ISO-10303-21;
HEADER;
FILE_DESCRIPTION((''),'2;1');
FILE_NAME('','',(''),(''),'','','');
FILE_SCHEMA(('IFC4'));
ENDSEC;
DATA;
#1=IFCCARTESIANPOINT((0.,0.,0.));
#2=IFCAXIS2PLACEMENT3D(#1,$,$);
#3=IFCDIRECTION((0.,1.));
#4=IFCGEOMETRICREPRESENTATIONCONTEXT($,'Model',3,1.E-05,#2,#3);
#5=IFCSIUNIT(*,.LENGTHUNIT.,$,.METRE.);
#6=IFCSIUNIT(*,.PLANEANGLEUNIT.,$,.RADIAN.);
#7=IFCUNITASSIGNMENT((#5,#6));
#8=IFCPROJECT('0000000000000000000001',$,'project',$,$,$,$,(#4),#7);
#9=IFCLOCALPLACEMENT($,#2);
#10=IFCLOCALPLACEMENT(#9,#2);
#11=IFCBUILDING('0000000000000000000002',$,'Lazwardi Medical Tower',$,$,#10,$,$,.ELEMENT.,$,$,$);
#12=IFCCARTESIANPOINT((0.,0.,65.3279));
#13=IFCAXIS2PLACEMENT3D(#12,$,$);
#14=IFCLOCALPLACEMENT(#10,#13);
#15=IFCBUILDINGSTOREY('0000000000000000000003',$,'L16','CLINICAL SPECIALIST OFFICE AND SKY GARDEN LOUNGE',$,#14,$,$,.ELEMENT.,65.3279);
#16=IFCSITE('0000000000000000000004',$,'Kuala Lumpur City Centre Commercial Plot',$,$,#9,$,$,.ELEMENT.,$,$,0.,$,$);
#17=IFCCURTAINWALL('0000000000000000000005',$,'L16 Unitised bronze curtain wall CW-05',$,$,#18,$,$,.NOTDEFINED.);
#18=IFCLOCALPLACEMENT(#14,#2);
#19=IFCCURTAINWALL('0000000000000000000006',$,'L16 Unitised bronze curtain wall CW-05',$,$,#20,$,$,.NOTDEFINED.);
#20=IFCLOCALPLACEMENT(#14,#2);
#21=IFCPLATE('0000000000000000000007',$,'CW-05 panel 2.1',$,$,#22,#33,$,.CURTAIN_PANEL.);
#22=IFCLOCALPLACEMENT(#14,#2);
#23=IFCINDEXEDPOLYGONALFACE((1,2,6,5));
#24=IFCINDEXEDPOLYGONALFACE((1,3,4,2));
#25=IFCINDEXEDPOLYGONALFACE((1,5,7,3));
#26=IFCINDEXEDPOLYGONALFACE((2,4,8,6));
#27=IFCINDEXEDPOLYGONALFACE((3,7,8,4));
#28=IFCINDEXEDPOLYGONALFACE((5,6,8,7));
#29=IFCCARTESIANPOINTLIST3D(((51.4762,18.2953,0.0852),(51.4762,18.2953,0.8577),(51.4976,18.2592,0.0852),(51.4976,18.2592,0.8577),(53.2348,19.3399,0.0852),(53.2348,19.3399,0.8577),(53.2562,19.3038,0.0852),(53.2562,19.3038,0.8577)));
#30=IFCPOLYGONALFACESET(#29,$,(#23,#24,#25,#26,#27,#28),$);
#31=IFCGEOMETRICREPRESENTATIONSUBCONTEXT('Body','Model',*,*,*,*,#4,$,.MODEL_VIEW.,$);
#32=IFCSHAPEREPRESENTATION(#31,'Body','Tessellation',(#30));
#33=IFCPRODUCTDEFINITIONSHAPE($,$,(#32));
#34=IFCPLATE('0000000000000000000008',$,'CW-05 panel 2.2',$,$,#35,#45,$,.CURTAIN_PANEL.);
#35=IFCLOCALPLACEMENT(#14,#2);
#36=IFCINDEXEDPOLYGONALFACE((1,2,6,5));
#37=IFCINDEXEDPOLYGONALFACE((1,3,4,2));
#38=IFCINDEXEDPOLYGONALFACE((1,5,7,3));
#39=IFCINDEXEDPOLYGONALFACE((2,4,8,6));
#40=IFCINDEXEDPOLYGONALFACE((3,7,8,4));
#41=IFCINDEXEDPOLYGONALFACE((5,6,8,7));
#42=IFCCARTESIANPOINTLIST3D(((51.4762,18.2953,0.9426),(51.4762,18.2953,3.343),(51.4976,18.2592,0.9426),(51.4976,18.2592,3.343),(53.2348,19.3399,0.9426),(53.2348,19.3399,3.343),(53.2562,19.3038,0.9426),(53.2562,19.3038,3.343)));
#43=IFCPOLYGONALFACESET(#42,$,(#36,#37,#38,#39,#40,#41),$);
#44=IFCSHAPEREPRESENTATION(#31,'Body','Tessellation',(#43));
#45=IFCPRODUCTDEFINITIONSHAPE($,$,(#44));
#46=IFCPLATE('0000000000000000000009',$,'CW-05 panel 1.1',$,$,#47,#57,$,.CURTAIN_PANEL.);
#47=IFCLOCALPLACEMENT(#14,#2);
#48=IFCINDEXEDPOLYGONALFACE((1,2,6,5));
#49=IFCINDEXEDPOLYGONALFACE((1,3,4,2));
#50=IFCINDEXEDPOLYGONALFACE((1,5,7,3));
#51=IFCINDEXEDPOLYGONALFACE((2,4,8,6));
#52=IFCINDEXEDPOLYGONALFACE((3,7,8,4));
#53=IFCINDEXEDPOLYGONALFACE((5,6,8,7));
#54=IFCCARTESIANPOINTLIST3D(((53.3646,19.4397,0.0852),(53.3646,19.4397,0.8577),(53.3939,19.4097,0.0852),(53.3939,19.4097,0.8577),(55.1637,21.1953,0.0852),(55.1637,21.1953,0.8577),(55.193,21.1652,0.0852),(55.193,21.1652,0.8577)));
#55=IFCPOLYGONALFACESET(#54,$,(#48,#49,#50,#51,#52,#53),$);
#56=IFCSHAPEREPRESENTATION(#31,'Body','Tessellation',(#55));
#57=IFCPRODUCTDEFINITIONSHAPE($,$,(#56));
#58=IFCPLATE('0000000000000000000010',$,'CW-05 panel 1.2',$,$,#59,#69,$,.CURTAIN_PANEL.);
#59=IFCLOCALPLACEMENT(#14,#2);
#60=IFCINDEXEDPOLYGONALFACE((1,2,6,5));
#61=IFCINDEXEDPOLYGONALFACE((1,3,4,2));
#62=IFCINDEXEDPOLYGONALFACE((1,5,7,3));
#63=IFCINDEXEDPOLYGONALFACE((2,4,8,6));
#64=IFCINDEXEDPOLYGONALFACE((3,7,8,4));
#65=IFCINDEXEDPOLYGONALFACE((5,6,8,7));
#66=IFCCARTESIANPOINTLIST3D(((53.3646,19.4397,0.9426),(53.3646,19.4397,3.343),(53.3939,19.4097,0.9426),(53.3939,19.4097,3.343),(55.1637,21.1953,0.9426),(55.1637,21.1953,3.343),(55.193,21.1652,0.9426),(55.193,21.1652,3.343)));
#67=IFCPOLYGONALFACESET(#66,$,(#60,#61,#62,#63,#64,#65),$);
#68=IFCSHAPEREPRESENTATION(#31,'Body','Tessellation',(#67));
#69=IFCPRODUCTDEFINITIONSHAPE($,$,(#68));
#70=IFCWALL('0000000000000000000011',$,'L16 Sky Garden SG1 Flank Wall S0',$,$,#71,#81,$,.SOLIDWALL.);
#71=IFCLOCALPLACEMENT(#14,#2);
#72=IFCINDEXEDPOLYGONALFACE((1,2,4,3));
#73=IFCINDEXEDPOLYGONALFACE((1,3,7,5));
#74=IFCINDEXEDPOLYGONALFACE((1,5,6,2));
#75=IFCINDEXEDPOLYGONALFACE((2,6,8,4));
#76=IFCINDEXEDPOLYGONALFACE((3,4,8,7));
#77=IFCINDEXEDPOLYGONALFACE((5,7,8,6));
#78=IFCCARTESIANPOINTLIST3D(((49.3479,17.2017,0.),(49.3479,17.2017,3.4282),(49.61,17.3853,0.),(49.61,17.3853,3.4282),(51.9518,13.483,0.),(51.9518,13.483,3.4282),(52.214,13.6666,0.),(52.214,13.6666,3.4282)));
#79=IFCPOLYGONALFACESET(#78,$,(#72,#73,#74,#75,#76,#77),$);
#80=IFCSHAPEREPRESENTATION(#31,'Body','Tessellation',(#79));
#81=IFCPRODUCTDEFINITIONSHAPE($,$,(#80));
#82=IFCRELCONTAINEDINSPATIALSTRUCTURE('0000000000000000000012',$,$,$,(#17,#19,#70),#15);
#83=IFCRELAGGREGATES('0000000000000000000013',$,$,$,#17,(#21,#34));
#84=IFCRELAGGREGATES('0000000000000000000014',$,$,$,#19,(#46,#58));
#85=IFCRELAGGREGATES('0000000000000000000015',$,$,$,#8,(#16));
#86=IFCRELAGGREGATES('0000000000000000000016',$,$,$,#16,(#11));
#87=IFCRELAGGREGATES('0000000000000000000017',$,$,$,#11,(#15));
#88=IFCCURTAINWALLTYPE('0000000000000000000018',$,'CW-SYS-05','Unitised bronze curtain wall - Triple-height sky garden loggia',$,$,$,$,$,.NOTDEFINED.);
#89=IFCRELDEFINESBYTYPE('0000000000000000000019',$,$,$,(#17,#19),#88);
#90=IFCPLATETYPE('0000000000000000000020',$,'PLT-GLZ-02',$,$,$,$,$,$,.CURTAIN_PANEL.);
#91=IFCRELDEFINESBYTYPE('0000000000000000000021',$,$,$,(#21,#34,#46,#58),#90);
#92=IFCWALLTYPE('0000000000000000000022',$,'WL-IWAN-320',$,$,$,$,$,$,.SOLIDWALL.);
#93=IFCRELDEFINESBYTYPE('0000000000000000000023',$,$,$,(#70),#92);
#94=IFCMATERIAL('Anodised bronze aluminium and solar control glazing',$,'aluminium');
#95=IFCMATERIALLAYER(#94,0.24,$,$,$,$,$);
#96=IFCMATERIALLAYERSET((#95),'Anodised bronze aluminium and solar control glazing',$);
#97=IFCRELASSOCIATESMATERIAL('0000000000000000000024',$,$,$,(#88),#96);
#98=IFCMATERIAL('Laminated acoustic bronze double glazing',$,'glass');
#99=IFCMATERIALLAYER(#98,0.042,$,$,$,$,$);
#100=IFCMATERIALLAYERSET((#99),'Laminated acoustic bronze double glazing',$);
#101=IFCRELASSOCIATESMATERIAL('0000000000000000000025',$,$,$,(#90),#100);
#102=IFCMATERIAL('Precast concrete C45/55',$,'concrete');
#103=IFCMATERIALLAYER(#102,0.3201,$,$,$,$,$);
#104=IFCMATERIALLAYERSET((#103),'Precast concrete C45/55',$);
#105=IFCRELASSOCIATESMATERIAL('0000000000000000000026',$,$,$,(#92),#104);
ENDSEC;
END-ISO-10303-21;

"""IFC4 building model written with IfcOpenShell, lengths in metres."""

from ifc_helpers import new_model, si_unit, direction, frame, frame_2d, origin, origin_2d, place, context, subcontext, project, spatial, rectangle, extrude, material, layer, layer_set, type_object, element, aggregate, save


model = new_model("IFC4")

# Units and contexts
model_context = context("Model", 3, precision=1e-05, world=origin(), true_north=direction((0.0, 1.0)))
body_context = subcontext(model_context, "Body", "Model", "MODEL_VIEW")
ifc_project = project(units=[si_unit("LENGTHUNIT", "METRE"), si_unit("PLANEANGLEUNIT", "RADIAN")], contexts=[model_context])

# Site, building, storey
site_placement = place(None, origin())
site = spatial("IfcSite", under=ifc_project, at=site_placement, Name="Kuala Lumpur City Centre Commercial Plot", CompositionType="ELEMENT", RefElevation=0.0)
building_placement = place(site_placement, origin())
building = spatial("IfcBuilding", under=site, at=building_placement, Name="Lazwardi Medical Tower", CompositionType="ELEMENT")
storey_placement = place(building_placement, frame((0.0, 0.0, 65.3279)))
storey = spatial("IfcBuildingStorey", under=building, at=storey_placement, Name="L16", Description="CLINICAL SPECIALIST OFFICE AND SKY GARDEN LOUNGE", CompositionType="ELEMENT", Elevation=65.3279)

# Curtain walls
ifc_material_1 = material(Name="Anodised bronze aluminium and solar control glazing", Category="aluminium")
ifc_layer_1 = layer(ifc_material_1, 0.24)
ifc_layer_set_1 = layer_set([ifc_layer_1], Name="Anodised bronze aluminium and solar control glazing")
curtain_wall_type = type_object("IfcCurtainWallType", Name="CW-SYS-05", Description="Unitised bronze curtain wall - Triple-height sky garden loggia", PredefinedType="NOTDEFINED", material=ifc_layer_set_1)
curtain_wall_1_placement = place(storey_placement, origin())
curtain_wall_1 = element("IfcCurtainWall", 1, at=curtain_wall_1_placement, inside=storey, type_object=curtain_wall_type, Name="L16 Unitised bronze curtain wall CW-05", PredefinedType="NOTDEFINED")
curtain_wall_2_placement = place(storey_placement, origin())
curtain_wall_2 = element("IfcCurtainWall", 2, at=curtain_wall_2_placement, inside=storey, type_object=curtain_wall_type, Name="L16 Unitised bronze curtain wall CW-05", PredefinedType="NOTDEFINED")

# Plates
ifc_material_2 = material(Name="Laminated acoustic bronze double glazing", Category="glass")
ifc_layer_2 = layer(ifc_material_2, 0.042)
ifc_layer_set_2 = layer_set([ifc_layer_2], Name="Laminated acoustic bronze double glazing")
plate_type = type_object("IfcPlateType", Name="PLT-GLZ-02", PredefinedType="CURTAIN_PANEL", material=ifc_layer_set_2)
plate_1_placement = place(storey_placement, frame((52.3662, 18.7996, 0.0852), z_axis=(0.0, 0.0, 1.0), x_axis=(0.859771, 0.51068, 0.0)))
plate_1 = element("IfcPlate", 3, at=plate_1_placement, type_object=plate_type, Name="CW-05 panel 2.1", PredefinedType="CURTAIN_PANEL", context=body_context, shape_type="SweptSolid", body=[
    extrude(rectangle(XDim=2.0454, YDim=0.042, at=origin_2d()), origin(), (0.0, 0.0, 1.0), 0.7725),
])
plate_2_placement = place(storey_placement, frame((52.3662, 18.7996, 0.9426), z_axis=(0.0, 0.0, 1.0), x_axis=(0.859771, 0.51068, 0.0)))
plate_2 = element("IfcPlate", 4, at=plate_2_placement, type_object=plate_type, Name="CW-05 panel 2.2", PredefinedType="CURTAIN_PANEL", context=body_context, shape_type="SweptSolid", body=[
    extrude(rectangle(XDim=2.0454, YDim=0.042, at=origin_2d()), origin(), (0.0, 0.0, 1.0), 2.4004),
])
aggregate(curtain_wall_1, [plate_1, plate_2])
plate_3_placement = place(storey_placement, frame((54.2788, 20.3025, 0.0852), z_axis=(0.0, 0.0, 1.0), x_axis=(0.715706, 0.698402, 0.0)))
plate_3 = element("IfcPlate", 5, at=plate_3_placement, type_object=plate_type, Name="CW-05 panel 1.1", PredefinedType="CURTAIN_PANEL", context=body_context, shape_type="SweptSolid", body=[
    extrude(rectangle(XDim=2.5137, YDim=0.042, at=origin_2d()), origin(), (0.0, 0.0, 1.0), 0.7725),
])
plate_4_placement = place(storey_placement, frame((54.2788, 20.3025, 0.9426), z_axis=(0.0, 0.0, 1.0), x_axis=(0.715706, 0.698402, 0.0)))
plate_4 = element("IfcPlate", 6, at=plate_4_placement, type_object=plate_type, Name="CW-05 panel 1.2", PredefinedType="CURTAIN_PANEL", context=body_context, shape_type="SweptSolid", body=[
    extrude(rectangle(XDim=2.5137, YDim=0.042, at=origin_2d()), origin(), (0.0, 0.0, 1.0), 2.4004),
])
aggregate(curtain_wall_2, [plate_3, plate_4])

# Wall
ifc_material_3 = material(Name="Precast concrete C45/55", Category="concrete")
ifc_layer_3 = layer(ifc_material_3, 0.3201)
ifc_layer_set_3 = layer_set([ifc_layer_3], Name="Precast concrete C45/55")
wall_type = type_object("IfcWallType", Name="WL-IWAN-320", PredefinedType="SOLIDWALL", material=ifc_layer_set_3)
wall_placement = place(storey_placement, frame((52.083, 13.5747, 0.0), z_axis=(0.0, 0.0, 1.0), x_axis=(-0.573592, 0.819141, 0.0)))
element("IfcWall", 7, at=wall_placement, inside=storey, type_object=wall_type, Name="L16 Sky Garden SG1 Flank Wall S0", PredefinedType="SOLIDWALL", context=body_context, shape_type="SweptSolid", body=[
    extrude(rectangle(XDim=4.5398, YDim=0.3201, at=frame_2d((2.27, 0.0))), origin(), (0.0, 0.0, 1.0), 3.4282),
])

save(model, "model.ifc")
